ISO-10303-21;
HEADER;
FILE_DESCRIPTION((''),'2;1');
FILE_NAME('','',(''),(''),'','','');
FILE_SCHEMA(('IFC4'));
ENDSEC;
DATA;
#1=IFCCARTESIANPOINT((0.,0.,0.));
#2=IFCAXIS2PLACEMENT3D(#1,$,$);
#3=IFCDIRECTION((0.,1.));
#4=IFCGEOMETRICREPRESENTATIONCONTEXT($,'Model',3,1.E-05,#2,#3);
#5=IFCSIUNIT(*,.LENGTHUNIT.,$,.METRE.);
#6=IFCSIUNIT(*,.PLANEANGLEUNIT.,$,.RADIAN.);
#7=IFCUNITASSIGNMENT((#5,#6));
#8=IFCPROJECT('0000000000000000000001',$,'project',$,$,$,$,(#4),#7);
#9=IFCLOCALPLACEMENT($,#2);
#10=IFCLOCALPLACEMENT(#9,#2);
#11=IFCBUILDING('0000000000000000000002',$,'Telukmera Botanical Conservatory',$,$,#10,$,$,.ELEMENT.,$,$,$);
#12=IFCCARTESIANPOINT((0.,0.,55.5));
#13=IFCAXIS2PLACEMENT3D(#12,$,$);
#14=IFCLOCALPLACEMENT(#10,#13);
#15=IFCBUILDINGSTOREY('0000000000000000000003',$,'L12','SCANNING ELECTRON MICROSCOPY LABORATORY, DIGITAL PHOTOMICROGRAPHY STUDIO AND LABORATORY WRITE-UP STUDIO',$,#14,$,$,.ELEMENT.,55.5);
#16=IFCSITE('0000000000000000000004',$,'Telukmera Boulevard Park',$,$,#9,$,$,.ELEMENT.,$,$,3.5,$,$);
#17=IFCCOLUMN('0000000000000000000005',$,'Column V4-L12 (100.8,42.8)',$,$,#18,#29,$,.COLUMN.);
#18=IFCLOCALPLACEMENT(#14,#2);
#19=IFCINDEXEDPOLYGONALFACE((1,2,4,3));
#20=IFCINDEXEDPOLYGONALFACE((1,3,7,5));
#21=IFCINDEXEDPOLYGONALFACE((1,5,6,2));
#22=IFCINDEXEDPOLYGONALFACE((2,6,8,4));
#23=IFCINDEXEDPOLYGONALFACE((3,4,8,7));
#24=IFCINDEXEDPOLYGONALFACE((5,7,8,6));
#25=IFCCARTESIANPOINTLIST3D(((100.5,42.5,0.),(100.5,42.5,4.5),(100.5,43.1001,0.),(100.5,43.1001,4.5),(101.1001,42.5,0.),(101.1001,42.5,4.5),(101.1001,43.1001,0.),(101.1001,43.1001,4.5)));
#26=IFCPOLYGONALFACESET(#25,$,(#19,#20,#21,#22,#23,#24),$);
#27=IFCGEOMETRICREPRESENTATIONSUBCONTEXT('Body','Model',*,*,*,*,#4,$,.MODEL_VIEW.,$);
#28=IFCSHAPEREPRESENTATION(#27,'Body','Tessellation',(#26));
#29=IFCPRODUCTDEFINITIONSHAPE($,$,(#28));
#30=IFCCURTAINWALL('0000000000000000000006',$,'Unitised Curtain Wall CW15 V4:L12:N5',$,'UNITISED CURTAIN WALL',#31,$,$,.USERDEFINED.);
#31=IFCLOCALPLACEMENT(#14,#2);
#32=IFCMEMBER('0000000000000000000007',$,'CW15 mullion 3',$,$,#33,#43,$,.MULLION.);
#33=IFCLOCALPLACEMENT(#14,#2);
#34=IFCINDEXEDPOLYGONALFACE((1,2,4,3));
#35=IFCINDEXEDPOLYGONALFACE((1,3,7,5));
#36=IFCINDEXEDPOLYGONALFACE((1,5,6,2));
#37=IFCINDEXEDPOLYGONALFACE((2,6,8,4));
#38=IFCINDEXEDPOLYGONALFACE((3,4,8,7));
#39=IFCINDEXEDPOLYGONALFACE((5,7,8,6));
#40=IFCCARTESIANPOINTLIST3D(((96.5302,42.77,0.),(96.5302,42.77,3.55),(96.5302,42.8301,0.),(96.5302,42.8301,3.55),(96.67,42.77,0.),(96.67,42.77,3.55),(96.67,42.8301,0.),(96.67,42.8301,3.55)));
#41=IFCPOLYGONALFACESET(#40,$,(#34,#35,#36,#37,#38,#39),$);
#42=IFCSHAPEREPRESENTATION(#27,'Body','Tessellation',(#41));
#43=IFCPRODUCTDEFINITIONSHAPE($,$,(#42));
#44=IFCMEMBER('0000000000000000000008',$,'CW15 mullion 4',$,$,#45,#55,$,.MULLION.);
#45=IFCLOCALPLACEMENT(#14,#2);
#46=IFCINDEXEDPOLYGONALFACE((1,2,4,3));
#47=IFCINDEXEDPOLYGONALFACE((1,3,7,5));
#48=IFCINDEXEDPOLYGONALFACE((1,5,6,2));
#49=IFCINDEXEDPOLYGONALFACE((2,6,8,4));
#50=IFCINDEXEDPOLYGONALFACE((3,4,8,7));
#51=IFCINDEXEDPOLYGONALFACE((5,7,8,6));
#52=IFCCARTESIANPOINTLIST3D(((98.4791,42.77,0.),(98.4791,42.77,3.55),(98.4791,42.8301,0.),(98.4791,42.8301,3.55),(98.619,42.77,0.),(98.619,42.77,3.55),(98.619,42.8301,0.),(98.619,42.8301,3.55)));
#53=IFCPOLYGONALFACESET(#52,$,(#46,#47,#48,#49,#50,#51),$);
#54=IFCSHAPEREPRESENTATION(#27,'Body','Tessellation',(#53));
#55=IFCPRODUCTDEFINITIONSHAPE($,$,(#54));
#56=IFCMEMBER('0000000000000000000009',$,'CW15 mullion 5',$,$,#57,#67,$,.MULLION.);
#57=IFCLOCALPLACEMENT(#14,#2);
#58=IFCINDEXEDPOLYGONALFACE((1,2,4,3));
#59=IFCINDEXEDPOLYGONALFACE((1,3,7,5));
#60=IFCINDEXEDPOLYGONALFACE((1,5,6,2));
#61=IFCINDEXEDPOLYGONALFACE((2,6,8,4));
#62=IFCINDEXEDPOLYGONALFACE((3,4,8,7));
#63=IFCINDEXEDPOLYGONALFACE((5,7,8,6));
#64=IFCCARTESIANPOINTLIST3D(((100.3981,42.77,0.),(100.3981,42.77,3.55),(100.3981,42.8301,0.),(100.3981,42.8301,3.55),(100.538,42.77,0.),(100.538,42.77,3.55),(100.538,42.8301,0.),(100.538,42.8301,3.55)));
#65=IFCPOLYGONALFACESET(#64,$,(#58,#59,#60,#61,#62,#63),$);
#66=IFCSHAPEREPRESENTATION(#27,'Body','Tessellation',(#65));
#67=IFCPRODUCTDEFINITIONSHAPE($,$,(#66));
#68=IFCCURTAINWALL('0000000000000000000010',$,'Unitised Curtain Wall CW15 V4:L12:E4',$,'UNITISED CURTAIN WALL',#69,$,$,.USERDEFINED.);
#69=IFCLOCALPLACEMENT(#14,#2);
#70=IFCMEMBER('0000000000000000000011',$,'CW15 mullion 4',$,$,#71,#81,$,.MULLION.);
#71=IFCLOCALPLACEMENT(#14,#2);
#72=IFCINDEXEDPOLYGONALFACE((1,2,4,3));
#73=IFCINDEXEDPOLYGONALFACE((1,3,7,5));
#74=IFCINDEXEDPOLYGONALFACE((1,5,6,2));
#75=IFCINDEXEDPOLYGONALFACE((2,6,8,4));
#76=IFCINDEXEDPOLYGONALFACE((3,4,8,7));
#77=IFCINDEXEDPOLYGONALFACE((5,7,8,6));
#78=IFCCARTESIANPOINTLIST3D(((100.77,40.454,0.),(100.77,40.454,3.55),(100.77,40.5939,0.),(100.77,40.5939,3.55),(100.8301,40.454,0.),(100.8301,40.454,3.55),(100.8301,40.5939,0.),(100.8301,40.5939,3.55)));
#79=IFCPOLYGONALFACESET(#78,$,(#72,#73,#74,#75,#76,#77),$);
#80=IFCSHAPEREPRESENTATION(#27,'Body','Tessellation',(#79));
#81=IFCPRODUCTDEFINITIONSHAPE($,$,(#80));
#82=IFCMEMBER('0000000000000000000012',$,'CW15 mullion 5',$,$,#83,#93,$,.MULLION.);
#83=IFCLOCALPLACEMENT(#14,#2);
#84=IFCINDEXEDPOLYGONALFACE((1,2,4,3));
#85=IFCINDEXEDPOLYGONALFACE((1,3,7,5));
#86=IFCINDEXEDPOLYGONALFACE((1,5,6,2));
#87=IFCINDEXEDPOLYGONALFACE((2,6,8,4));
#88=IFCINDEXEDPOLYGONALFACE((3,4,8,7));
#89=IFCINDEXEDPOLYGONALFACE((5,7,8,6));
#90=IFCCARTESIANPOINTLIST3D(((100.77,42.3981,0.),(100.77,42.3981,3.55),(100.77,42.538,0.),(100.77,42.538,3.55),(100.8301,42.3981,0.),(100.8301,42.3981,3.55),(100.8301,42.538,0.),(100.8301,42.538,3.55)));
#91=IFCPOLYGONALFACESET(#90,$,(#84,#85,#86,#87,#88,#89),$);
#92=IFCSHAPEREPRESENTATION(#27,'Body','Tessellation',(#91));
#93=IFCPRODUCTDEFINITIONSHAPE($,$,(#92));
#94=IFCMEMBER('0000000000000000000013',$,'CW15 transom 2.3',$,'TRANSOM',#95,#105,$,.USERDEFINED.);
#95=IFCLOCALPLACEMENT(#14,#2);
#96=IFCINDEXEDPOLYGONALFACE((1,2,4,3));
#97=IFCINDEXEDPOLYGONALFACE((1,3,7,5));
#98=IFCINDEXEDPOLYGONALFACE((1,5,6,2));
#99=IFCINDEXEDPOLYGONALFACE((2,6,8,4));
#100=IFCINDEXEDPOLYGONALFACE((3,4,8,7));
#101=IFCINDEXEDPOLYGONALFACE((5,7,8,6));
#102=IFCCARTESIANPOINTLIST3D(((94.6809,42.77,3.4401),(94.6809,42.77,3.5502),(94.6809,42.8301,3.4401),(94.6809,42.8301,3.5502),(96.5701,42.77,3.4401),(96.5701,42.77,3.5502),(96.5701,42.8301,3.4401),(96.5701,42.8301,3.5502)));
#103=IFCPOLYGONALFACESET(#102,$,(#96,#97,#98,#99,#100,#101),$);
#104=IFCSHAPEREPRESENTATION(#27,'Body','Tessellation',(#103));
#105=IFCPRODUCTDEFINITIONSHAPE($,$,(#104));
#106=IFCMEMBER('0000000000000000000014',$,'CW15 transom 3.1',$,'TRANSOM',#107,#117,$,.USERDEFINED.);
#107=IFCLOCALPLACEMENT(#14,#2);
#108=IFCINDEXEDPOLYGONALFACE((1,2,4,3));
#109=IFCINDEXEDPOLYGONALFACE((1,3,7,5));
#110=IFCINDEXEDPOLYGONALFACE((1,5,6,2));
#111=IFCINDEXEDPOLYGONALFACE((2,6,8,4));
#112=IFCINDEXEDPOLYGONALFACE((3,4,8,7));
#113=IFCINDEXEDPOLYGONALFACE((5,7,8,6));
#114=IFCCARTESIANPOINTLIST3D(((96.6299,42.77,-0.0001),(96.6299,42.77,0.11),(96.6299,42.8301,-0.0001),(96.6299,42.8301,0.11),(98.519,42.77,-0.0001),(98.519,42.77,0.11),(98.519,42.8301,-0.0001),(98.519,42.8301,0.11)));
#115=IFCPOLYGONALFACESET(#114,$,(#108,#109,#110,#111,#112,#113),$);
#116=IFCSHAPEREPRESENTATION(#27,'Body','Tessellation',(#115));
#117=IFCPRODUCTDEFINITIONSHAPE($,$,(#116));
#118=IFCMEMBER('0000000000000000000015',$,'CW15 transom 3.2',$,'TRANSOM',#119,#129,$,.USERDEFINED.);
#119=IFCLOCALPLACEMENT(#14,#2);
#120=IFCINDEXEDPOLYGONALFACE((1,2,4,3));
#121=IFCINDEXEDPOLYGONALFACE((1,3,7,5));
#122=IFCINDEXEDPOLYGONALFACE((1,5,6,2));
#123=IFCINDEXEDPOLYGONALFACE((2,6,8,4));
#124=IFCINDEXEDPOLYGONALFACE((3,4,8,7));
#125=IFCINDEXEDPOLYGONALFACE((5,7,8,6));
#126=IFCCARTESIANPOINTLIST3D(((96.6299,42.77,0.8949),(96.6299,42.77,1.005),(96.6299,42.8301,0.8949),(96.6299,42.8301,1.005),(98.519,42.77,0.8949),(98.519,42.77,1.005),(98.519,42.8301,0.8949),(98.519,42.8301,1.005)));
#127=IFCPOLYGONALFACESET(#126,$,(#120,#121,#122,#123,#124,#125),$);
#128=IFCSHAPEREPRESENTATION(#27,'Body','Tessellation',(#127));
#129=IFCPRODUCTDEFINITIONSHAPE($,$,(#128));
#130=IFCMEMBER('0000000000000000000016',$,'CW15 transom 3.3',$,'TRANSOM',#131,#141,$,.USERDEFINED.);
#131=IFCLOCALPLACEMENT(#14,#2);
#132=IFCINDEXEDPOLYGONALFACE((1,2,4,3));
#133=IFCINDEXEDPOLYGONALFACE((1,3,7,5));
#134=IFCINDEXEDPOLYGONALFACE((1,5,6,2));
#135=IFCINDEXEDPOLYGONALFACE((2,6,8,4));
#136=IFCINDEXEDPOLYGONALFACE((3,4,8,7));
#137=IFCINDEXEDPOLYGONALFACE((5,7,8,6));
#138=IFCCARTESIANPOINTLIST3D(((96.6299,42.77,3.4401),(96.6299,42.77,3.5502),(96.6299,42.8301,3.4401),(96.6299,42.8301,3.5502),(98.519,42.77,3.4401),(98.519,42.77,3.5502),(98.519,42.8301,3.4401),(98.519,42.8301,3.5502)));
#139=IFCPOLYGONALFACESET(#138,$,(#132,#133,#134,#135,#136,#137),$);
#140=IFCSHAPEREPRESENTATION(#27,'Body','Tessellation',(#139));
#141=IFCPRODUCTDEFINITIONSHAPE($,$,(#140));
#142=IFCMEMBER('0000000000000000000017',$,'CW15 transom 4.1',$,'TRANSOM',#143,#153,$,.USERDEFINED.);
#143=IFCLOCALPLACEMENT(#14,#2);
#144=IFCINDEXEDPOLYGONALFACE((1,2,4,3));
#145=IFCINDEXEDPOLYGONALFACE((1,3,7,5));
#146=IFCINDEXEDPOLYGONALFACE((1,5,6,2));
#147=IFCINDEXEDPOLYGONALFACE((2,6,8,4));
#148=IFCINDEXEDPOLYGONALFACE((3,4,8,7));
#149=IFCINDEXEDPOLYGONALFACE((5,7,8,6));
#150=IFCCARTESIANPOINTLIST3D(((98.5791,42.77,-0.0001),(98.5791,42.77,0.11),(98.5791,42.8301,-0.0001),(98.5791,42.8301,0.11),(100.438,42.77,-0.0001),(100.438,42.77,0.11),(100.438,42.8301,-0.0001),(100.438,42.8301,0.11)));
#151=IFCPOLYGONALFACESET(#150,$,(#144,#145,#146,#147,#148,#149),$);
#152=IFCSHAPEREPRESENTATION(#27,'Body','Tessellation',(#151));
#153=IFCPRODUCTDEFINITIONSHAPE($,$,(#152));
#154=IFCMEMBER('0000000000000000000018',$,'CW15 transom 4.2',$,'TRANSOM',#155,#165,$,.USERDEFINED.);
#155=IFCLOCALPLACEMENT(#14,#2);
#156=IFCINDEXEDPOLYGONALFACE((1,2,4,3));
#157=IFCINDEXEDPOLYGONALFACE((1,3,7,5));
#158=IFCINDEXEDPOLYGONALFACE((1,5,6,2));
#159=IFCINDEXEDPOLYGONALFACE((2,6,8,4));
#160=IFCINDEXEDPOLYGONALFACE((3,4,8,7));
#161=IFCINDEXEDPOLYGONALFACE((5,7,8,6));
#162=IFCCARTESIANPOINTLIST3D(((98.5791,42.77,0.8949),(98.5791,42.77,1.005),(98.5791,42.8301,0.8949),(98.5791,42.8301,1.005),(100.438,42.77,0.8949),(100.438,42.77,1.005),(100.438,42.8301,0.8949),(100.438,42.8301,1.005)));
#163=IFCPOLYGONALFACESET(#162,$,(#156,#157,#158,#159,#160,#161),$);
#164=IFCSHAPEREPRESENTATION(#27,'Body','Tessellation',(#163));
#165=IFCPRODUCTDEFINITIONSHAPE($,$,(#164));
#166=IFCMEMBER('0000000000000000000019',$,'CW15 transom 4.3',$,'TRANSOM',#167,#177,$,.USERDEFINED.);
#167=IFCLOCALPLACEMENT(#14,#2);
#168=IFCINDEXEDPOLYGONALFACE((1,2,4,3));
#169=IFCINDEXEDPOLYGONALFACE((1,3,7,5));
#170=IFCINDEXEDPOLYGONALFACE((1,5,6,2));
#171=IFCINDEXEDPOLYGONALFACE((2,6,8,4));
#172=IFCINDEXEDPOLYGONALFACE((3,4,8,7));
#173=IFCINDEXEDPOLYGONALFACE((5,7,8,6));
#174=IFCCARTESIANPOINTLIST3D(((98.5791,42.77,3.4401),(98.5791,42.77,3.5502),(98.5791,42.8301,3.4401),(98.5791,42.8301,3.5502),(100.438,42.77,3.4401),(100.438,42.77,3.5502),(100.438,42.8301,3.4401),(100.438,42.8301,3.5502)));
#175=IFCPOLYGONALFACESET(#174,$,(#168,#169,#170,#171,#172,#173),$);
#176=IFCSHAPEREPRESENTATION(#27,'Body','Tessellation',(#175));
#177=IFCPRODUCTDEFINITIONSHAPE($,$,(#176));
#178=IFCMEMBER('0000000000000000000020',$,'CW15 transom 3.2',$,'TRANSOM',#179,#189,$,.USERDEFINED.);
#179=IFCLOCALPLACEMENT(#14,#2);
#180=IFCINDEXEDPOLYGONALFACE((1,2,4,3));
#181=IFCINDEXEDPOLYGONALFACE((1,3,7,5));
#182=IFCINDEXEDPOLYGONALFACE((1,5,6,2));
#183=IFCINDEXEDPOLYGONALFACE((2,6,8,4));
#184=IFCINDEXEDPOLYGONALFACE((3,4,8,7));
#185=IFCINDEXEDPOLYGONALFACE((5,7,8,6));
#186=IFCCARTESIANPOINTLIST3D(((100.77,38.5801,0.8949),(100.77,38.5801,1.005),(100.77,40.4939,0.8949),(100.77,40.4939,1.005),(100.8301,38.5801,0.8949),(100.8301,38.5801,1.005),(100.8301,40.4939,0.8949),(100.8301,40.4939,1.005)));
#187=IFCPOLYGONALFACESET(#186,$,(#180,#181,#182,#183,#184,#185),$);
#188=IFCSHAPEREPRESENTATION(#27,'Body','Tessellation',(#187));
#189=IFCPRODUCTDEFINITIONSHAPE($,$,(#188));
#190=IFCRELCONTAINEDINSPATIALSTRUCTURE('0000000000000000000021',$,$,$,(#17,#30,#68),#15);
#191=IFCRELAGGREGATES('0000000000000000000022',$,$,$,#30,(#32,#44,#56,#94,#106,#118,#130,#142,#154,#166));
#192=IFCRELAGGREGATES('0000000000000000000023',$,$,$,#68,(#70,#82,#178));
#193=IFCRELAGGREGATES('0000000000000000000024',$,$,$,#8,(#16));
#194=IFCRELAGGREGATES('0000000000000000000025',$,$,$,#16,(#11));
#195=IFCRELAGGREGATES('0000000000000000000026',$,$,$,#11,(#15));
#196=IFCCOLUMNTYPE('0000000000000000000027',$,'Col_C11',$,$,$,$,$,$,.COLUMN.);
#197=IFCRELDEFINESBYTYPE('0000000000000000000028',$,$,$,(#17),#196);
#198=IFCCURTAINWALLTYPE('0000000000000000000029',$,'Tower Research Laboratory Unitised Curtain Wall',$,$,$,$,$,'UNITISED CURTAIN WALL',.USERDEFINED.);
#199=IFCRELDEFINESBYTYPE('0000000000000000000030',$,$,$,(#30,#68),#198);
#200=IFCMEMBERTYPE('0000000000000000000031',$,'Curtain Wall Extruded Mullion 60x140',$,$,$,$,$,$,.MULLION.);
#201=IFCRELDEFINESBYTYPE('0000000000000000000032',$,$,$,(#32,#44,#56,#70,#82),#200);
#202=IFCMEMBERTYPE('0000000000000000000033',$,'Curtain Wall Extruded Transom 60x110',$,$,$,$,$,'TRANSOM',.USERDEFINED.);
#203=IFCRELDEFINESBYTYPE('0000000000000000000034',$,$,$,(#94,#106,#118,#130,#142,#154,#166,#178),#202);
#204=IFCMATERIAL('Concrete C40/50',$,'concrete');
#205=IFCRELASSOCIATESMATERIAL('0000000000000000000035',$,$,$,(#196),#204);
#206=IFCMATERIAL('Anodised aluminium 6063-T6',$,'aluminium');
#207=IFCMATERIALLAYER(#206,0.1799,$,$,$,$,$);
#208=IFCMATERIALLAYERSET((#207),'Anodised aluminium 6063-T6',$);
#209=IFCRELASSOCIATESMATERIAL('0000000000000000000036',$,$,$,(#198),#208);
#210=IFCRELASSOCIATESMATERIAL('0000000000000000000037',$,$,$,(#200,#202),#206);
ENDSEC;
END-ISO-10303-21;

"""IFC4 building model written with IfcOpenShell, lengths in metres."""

from ifc_helpers import new_model, si_unit, direction, frame, origin, origin_2d, place, context, subcontext, project, spatial, rectangle, extrude, material, layer, layer_set, material_profile, profile_set, type_object, element, aggregate, save


model = new_model("IFC4")

# Units and contexts
model_context = context("Model", 3, precision=1e-05, world=origin(), true_north=direction((0.0, 1.0)))
body_context = subcontext(model_context, "Body", "Model", "MODEL_VIEW")
ifc_project = project(units=[si_unit("LENGTHUNIT", "METRE"), si_unit("PLANEANGLEUNIT", "RADIAN")], contexts=[model_context])

# Site, building, storey
site_placement = place(None, origin())
site = spatial("IfcSite", under=ifc_project, at=site_placement, Name="Telukmera Boulevard Park", CompositionType="ELEMENT", RefElevation=3.5)
building_placement = place(site_placement, origin())
building = spatial("IfcBuilding", under=site, at=building_placement, Name="Telukmera Botanical Conservatory", CompositionType="ELEMENT")
storey_placement = place(building_placement, frame((0.0, 0.0, 55.5)))
storey = spatial("IfcBuildingStorey", under=building, at=storey_placement, Name="L12", Description="SCANNING ELECTRON MICROSCOPY LABORATORY, DIGITAL PHOTOMICROGRAPHY STUDIO AND LABORATORY WRITE-UP STUDIO", CompositionType="ELEMENT", Elevation=55.5)

# Column
ifc_material_1 = material(Name="Concrete C40/50", Category="concrete")
ifc_material_profile_1 = material_profile(ifc_material_1, rectangle(XDim=0.6001, YDim=0.6001, at=origin_2d()), Name="RC 600x600")
ifc_profile_set_1 = profile_set([ifc_material_profile_1], Name="Concrete C40/50")
column_type = type_object("IfcColumnType", Name="Col_C11", PredefinedType="COLUMN", material=ifc_profile_set_1)
column_placement = place(storey_placement, frame((100.8, 42.8, 0.0), z_axis=(0.0, 0.0, 1.0), x_axis=(1.0, 0.0, 0.0)))
element("IfcColumn", 1, at=column_placement, inside=storey, type_object=column_type, Name="Column V4-L12 (100.8,42.8)", PredefinedType="COLUMN", context=body_context, shape_type="SweptSolid", body=[
    extrude(rectangle(XDim=0.6001, YDim=0.6001, at=origin_2d()), origin(), (0.0, 0.0, 1.0), 4.5),
])

# Curtain walls, members
ifc_material_2 = material(Name="Anodised aluminium 6063-T6", Category="aluminium")
ifc_layer_1 = layer(ifc_material_2, 0.1799)
ifc_layer_set_1 = layer_set([ifc_layer_1], Name="Anodised aluminium 6063-T6")
curtain_wall_type = type_object("IfcCurtainWallType", Name="Tower Research Laboratory Unitised Curtain Wall", ElementType="UNITISED CURTAIN WALL", PredefinedType="USERDEFINED", material=ifc_layer_set_1)
curtain_wall_1_placement = place(storey_placement, origin())
curtain_wall_1 = element("IfcCurtainWall", 2, at=curtain_wall_1_placement, inside=storey, type_object=curtain_wall_type, Name="Unitised Curtain Wall CW15 V4:L12:N5", ObjectType="UNITISED CURTAIN WALL", PredefinedType="USERDEFINED")
ifc_material_profile_2 = material_profile(ifc_material_2, rectangle(XDim=0.0601, YDim=0.1399, at=origin_2d()), Name="ALU MULL 60x140")
ifc_profile_set_2 = profile_set([ifc_material_profile_2], Name="Anodised aluminium 6063-T6")
member_type_1 = type_object("IfcMemberType", Name="Curtain Wall Extruded Mullion 60x140", PredefinedType="MULLION", material=ifc_profile_set_2)
member_1_placement = place(storey_placement, frame((96.6001, 42.8, 0.0), z_axis=(0.0, 0.0, 1.0), x_axis=(0.0, 1.0, 0.0)))
member_1 = element("IfcMember", 3, at=member_1_placement, type_object=member_type_1, Name="CW15 mullion 3", PredefinedType="MULLION", context=body_context, shape_type="SweptSolid", body=[
    extrude(rectangle(XDim=0.0601, YDim=0.1399, at=origin_2d()), origin(), (0.0, 0.0, 1.0), 3.55),
])
member_2_placement = place(storey_placement, frame((98.5491, 42.8, 0.0), z_axis=(0.0, 0.0, 1.0), x_axis=(0.0, 1.0, 0.0)))
member_2 = element("IfcMember", 4, at=member_2_placement, type_object=member_type_1, Name="CW15 mullion 4", PredefinedType="MULLION", context=body_context, shape_type="SweptSolid", body=[
    extrude(rectangle(XDim=0.0601, YDim=0.1399, at=origin_2d()), origin(), (0.0, 0.0, 1.0), 3.55),
])
member_3_placement = place(storey_placement, frame((100.468, 42.8, 0.0), z_axis=(0.0, 0.0, 1.0), x_axis=(0.0, 1.0, 0.0)))
member_3 = element("IfcMember", 5, at=member_3_placement, type_object=member_type_1, Name="CW15 mullion 5", PredefinedType="MULLION", context=body_context, shape_type="SweptSolid", body=[
    extrude(rectangle(XDim=0.0601, YDim=0.1399, at=origin_2d()), origin(), (0.0, 0.0, 1.0), 3.55),
])
curtain_wall_2_placement = place(storey_placement, origin())
curtain_wall_2 = element("IfcCurtainWall", 6, at=curtain_wall_2_placement, inside=storey, type_object=curtain_wall_type, Name="Unitised Curtain Wall CW15 V4:L12:E4", ObjectType="UNITISED CURTAIN WALL", PredefinedType="USERDEFINED")
member_4_placement = place(storey_placement, frame((100.8, 40.5239, 0.0), z_axis=(0.0, 0.0, 1.0), x_axis=(-1.0, 0.0, 0.0)))
member_4 = element("IfcMember", 7, at=member_4_placement, type_object=member_type_1, Name="CW15 mullion 4", PredefinedType="MULLION", context=body_context, shape_type="SweptSolid", body=[
    extrude(rectangle(XDim=0.0601, YDim=0.1399, at=origin_2d()), origin(), (0.0, 0.0, 1.0), 3.55),
])
member_5_placement = place(storey_placement, frame((100.8, 42.468, 0.0), z_axis=(0.0, 0.0, 1.0), x_axis=(-1.0, 0.0, 0.0)))
member_5 = element("IfcMember", 8, at=member_5_placement, type_object=member_type_1, Name="CW15 mullion 5", PredefinedType="MULLION", context=body_context, shape_type="SweptSolid", body=[
    extrude(rectangle(XDim=0.0601, YDim=0.1399, at=origin_2d()), origin(), (0.0, 0.0, 1.0), 3.55),
])

# Members
ifc_material_profile_3 = material_profile(ifc_material_2, rectangle(XDim=0.0601, YDim=0.1101, at=origin_2d()), Name="ALU TRAN 60x110")
ifc_profile_set_3 = profile_set([ifc_material_profile_3], Name="Anodised aluminium 6063-T6")
member_type_2 = type_object("IfcMemberType", Name="Curtain Wall Extruded Transom 60x110", ElementType="TRANSOM", PredefinedType="USERDEFINED", material=ifc_profile_set_3)
member_6_placement = place(storey_placement, frame((94.6809, 42.8, 3.4951), z_axis=(1.0, 0.0, 0.0), x_axis=(0.0, 1.0, 0.0)))
member_6 = element("IfcMember", 9, at=member_6_placement, type_object=member_type_2, Name="CW15 transom 2.3", ObjectType="TRANSOM", PredefinedType="USERDEFINED", context=body_context, shape_type="SweptSolid", body=[
    extrude(rectangle(XDim=0.0601, YDim=0.1101, at=origin_2d()), origin(), (0.0, 0.0, 1.0), 1.8892),
])
member_7_placement = place(storey_placement, frame((96.6299, 42.8, 0.0549), z_axis=(1.0, 0.0, 0.0), x_axis=(0.0, 1.0, 0.0)))
member_7 = element("IfcMember", 10, at=member_7_placement, type_object=member_type_2, Name="CW15 transom 3.1", ObjectType="TRANSOM", PredefinedType="USERDEFINED", context=body_context, shape_type="SweptSolid", body=[
    extrude(rectangle(XDim=0.0601, YDim=0.1101, at=origin_2d()), origin(), (0.0, 0.0, 1.0), 1.8892),
])
member_8_placement = place(storey_placement, frame((96.6299, 42.8, 0.95), z_axis=(1.0, 0.0, 0.0), x_axis=(0.0, 1.0, 0.0)))
member_8 = element("IfcMember", 11, at=member_8_placement, type_object=member_type_2, Name="CW15 transom 3.2", ObjectType="TRANSOM", PredefinedType="USERDEFINED", context=body_context, shape_type="SweptSolid", body=[
    extrude(rectangle(XDim=0.0601, YDim=0.1101, at=origin_2d()), origin(), (0.0, 0.0, 1.0), 1.8892),
])
member_9_placement = place(storey_placement, frame((96.6299, 42.8, 3.4951), z_axis=(1.0, 0.0, 0.0), x_axis=(0.0, 1.0, 0.0)))
member_9 = element("IfcMember", 12, at=member_9_placement, type_object=member_type_2, Name="CW15 transom 3.3", ObjectType="TRANSOM", PredefinedType="USERDEFINED", context=body_context, shape_type="SweptSolid", body=[
    extrude(rectangle(XDim=0.0601, YDim=0.1101, at=origin_2d()), origin(), (0.0, 0.0, 1.0), 1.8892),
])
member_10_placement = place(storey_placement, frame((98.5791, 42.8, 0.0549), z_axis=(1.0, 0.0, 0.0), x_axis=(0.0, 1.0, 0.0)))
member_10 = element("IfcMember", 13, at=member_10_placement, type_object=member_type_2, Name="CW15 transom 4.1", ObjectType="TRANSOM", PredefinedType="USERDEFINED", context=body_context, shape_type="SweptSolid", body=[
    extrude(rectangle(XDim=0.0601, YDim=0.1101, at=origin_2d()), origin(), (0.0, 0.0, 1.0), 1.8589),
])
member_11_placement = place(storey_placement, frame((98.5791, 42.8, 0.95), z_axis=(1.0, 0.0, 0.0), x_axis=(0.0, 1.0, 0.0)))
member_11 = element("IfcMember", 14, at=member_11_placement, type_object=member_type_2, Name="CW15 transom 4.2", ObjectType="TRANSOM", PredefinedType="USERDEFINED", context=body_context, shape_type="SweptSolid", body=[
    extrude(rectangle(XDim=0.0601, YDim=0.1101, at=origin_2d()), origin(), (0.0, 0.0, 1.0), 1.8589),
])
member_12_placement = place(storey_placement, frame((98.5791, 42.8, 3.4951), z_axis=(1.0, 0.0, 0.0), x_axis=(0.0, 1.0, 0.0)))
member_12 = element("IfcMember", 15, at=member_12_placement, type_object=member_type_2, Name="CW15 transom 4.3", ObjectType="TRANSOM", PredefinedType="USERDEFINED", context=body_context, shape_type="SweptSolid", body=[
    extrude(rectangle(XDim=0.0601, YDim=0.1101, at=origin_2d()), origin(), (0.0, 0.0, 1.0), 1.8589),
])
member_13_placement = place(storey_placement, frame((100.8, 38.5801, 0.95), z_axis=(0.0, 1.0, 0.0), x_axis=(-1.0, 0.0, 0.0)))
member_13 = element("IfcMember", 16, at=member_13_placement, type_object=member_type_2, Name="CW15 transom 3.2", ObjectType="TRANSOM", PredefinedType="USERDEFINED", context=body_context, shape_type="SweptSolid", body=[
    extrude(rectangle(XDim=0.0601, YDim=0.1101, at=origin_2d()), origin(), (0.0, 0.0, 1.0), 1.9138),
])

aggregate(curtain_wall_1, [member_1, member_2, member_3, member_6, member_7, member_8, member_9, member_10, member_11, member_12])
aggregate(curtain_wall_2, [member_4, member_5, member_13])

save(model, "model.ifc")
